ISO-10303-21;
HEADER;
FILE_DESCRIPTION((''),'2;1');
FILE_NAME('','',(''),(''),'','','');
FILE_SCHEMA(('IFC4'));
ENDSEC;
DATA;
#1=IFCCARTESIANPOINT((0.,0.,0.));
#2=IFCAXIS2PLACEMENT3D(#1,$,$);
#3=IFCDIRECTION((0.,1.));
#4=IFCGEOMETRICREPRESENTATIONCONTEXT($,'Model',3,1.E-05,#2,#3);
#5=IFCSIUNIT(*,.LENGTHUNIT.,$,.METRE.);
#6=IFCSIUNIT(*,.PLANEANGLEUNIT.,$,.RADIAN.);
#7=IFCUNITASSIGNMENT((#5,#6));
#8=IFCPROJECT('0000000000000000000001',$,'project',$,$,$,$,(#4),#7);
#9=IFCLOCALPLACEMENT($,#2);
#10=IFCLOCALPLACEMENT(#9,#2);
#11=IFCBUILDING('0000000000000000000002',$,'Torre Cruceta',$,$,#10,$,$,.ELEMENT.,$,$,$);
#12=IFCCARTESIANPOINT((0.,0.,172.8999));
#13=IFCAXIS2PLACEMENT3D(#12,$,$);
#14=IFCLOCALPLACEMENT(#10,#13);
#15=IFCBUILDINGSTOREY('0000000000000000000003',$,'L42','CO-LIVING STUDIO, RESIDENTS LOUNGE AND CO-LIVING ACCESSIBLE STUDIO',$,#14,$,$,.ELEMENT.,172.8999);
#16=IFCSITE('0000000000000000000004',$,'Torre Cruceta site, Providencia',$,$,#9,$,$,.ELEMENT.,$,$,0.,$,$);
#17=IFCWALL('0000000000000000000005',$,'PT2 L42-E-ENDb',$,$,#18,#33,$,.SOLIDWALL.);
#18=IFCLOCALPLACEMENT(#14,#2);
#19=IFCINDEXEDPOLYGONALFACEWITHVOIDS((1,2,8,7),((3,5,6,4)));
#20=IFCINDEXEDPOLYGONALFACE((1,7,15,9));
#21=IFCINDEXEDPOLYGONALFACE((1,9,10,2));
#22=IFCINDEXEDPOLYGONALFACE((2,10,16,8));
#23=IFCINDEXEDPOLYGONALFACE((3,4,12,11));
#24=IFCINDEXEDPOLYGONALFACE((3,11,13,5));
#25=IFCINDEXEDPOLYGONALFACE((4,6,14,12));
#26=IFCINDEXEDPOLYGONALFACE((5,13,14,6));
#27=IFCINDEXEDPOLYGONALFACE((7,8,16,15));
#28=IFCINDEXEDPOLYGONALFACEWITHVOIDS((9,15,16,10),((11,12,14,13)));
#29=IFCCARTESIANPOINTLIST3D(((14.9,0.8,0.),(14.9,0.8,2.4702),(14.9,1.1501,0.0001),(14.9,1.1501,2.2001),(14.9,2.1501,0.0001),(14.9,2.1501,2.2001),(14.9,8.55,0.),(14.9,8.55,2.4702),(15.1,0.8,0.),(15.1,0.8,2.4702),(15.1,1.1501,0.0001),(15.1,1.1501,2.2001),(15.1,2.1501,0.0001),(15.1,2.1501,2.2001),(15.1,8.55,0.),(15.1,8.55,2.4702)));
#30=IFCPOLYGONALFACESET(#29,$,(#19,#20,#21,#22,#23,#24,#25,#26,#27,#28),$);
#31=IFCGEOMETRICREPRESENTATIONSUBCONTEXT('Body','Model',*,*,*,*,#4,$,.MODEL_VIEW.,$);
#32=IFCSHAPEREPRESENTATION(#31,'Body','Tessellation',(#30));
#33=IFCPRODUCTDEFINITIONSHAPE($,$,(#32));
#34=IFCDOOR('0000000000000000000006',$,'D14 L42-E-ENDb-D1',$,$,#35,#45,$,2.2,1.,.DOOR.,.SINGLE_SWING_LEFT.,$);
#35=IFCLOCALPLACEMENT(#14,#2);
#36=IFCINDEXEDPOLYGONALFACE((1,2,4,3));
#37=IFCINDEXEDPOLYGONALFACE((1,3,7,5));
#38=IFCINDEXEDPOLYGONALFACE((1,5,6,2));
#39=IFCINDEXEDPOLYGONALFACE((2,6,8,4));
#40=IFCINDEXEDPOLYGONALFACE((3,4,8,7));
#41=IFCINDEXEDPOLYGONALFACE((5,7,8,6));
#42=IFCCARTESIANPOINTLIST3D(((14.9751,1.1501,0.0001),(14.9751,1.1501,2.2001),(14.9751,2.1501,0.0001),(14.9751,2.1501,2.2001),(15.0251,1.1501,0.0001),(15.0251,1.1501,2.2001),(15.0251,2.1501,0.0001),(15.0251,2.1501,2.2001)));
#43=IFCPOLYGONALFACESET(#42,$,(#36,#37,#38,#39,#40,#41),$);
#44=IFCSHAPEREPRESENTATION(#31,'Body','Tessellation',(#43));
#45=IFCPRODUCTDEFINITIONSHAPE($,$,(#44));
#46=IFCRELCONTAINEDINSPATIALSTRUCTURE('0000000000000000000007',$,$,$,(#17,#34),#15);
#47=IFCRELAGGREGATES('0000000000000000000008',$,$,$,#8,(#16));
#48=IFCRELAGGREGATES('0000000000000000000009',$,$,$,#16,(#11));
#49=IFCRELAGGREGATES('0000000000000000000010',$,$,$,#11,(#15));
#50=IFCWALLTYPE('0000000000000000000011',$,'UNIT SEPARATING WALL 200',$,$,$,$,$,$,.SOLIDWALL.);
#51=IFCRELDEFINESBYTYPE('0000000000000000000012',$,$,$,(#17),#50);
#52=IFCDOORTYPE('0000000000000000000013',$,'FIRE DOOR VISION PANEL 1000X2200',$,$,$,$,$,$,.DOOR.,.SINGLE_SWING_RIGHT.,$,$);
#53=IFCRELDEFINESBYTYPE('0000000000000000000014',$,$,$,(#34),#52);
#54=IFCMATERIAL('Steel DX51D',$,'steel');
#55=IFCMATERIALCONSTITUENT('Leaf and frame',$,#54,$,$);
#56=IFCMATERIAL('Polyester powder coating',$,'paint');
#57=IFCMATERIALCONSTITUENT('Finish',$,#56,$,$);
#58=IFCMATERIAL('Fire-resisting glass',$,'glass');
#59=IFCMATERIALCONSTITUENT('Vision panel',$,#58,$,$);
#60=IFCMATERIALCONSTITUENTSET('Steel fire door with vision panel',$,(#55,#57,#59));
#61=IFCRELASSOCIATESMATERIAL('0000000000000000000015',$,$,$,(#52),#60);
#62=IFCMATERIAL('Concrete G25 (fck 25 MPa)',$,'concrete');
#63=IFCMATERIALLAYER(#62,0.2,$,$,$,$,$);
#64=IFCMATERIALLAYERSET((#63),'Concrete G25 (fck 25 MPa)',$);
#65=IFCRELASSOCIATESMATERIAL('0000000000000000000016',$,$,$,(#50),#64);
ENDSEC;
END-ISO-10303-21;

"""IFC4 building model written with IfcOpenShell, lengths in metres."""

from ifc_helpers import new_model, si_unit, direction, frame, frame_2d, origin, place, context, subcontext, project, spatial, rectangle, extrude, material, layer, layer_set, constituent, constituent_set, type_object, element, fill, save


model = new_model("IFC4")

# Units and contexts
model_context = context("Model", 3, precision=1e-05, world=origin(), true_north=direction((0.0, 1.0)))
body_context = subcontext(model_context, "Body", "Model", "MODEL_VIEW")
ifc_project = project(units=[si_unit("LENGTHUNIT", "METRE"), si_unit("PLANEANGLEUNIT", "RADIAN")], contexts=[model_context])

# Site, building, storey
site_placement = place(None, origin())
site = spatial("IfcSite", under=ifc_project, at=site_placement, Name="Torre Cruceta site, Providencia", CompositionType="ELEMENT", RefElevation=0.0)
building_placement = place(site_placement, origin())
building = spatial("IfcBuilding", under=site, at=building_placement, Name="Torre Cruceta", CompositionType="ELEMENT")
storey_placement = place(building_placement, frame((0.0, 0.0, 172.8999)))
storey = spatial("IfcBuildingStorey", under=building, at=storey_placement, Name="L42", Description="CO-LIVING STUDIO, RESIDENTS LOUNGE AND CO-LIVING ACCESSIBLE STUDIO", CompositionType="ELEMENT", Elevation=172.8999)

# Shared definitions
ifc_material_1 = material(Name="Steel DX51D", Category="steel")
ifc_constituent_1 = constituent(ifc_material_1, Name="Leaf and frame")
ifc_material_2 = material(Name="Polyester powder coating", Category="paint")
ifc_constituent_2 = constituent(ifc_material_2, Name="Finish")
ifc_material_3 = material(Name="Fire-resisting glass", Category="glass")
ifc_constituent_3 = constituent(ifc_material_3, Name="Vision panel")
ifc_constituent_set_1 = constituent_set(constituents=[ifc_constituent_1, ifc_constituent_2, ifc_constituent_3], Name="Steel fire door with vision panel")
door_type_1 = type_object("IfcDoorType", Name="FIRE DOOR VISION PANEL 1000X2200", OperationType="SINGLE_SWING_RIGHT", PredefinedType="DOOR", material=ifc_constituent_set_1)

# Wall, opening, door
ifc_material_4 = material(Name="Concrete G25 (fck 25 MPa)", Category="concrete")
ifc_layer_1 = layer(ifc_material_4, 0.2)
ifc_layer_set_1 = layer_set([ifc_layer_1], Name="Concrete G25 (fck 25 MPa)")
wall_type_1 = type_object("IfcWallType", Name="UNIT SEPARATING WALL 200", PredefinedType="SOLIDWALL", material=ifc_layer_set_1)
wall_1_placement = place(storey_placement, frame((15.0, 0.8, 0.0), z_axis=(0.0, 0.0, 1.0), x_axis=(0.0, 1.0, 0.0)))
wall_1 = element("IfcWall", 1, at=wall_1_placement, inside=storey, type_object=wall_type_1, Name="PT2 L42-E-ENDb", PredefinedType="SOLIDWALL", context=body_context, shape_type="SweptSolid", body=[
    extrude(rectangle(XDim=7.75, YDim=0.2, at=frame_2d((3.875, 0.0))), origin(), (0.0, 0.0, 1.0), 2.4702),
])
opening_1_placement = place(wall_1_placement, frame((0.3501, 0.0, 0.0)))
opening_1 = element("IfcOpeningElement", 2, at=opening_1_placement, cuts=wall_1, PredefinedType="OPENING", context=body_context, shape_type="SweptSolid", body=[
    extrude(rectangle(XDim=1.0, YDim=2.2, at=frame_2d((0.5, 1.1001))), frame((0.0, 0.1099, 0.0), z_axis=(0.0, -1.0, 0.0), x_axis=(1.0, 0.0, 0.0)), (0.0, 0.0, 1.0), 0.22),
])
door_1_placement = place(opening_1_placement, frame((1.0, 0.0, 0.0), z_axis=(0.0, 0.0, 1.0), x_axis=(-1.0, 0.0, 0.0)))
door_1 = element("IfcDoor", 3, at=door_1_placement, inside=storey, type_object=door_type_1, Name="D14 L42-E-ENDb-D1", OperationType="SINGLE_SWING_LEFT", OverallHeight=2.2, OverallWidth=1.0, PredefinedType="DOOR", context=body_context, shape_type="SweptSolid", body=[
    extrude(rectangle(XDim=1.0, YDim=2.2, at=frame_2d((0.5, 1.1001))), frame((0.0, 0.0251, 0.0), z_axis=(0.0, -1.0, 0.0), x_axis=(1.0, 0.0, 0.0)), (0.0, 0.0, 1.0), 0.05),
])
fill(opening_1, door_1)

save(model, "model.ifc")
